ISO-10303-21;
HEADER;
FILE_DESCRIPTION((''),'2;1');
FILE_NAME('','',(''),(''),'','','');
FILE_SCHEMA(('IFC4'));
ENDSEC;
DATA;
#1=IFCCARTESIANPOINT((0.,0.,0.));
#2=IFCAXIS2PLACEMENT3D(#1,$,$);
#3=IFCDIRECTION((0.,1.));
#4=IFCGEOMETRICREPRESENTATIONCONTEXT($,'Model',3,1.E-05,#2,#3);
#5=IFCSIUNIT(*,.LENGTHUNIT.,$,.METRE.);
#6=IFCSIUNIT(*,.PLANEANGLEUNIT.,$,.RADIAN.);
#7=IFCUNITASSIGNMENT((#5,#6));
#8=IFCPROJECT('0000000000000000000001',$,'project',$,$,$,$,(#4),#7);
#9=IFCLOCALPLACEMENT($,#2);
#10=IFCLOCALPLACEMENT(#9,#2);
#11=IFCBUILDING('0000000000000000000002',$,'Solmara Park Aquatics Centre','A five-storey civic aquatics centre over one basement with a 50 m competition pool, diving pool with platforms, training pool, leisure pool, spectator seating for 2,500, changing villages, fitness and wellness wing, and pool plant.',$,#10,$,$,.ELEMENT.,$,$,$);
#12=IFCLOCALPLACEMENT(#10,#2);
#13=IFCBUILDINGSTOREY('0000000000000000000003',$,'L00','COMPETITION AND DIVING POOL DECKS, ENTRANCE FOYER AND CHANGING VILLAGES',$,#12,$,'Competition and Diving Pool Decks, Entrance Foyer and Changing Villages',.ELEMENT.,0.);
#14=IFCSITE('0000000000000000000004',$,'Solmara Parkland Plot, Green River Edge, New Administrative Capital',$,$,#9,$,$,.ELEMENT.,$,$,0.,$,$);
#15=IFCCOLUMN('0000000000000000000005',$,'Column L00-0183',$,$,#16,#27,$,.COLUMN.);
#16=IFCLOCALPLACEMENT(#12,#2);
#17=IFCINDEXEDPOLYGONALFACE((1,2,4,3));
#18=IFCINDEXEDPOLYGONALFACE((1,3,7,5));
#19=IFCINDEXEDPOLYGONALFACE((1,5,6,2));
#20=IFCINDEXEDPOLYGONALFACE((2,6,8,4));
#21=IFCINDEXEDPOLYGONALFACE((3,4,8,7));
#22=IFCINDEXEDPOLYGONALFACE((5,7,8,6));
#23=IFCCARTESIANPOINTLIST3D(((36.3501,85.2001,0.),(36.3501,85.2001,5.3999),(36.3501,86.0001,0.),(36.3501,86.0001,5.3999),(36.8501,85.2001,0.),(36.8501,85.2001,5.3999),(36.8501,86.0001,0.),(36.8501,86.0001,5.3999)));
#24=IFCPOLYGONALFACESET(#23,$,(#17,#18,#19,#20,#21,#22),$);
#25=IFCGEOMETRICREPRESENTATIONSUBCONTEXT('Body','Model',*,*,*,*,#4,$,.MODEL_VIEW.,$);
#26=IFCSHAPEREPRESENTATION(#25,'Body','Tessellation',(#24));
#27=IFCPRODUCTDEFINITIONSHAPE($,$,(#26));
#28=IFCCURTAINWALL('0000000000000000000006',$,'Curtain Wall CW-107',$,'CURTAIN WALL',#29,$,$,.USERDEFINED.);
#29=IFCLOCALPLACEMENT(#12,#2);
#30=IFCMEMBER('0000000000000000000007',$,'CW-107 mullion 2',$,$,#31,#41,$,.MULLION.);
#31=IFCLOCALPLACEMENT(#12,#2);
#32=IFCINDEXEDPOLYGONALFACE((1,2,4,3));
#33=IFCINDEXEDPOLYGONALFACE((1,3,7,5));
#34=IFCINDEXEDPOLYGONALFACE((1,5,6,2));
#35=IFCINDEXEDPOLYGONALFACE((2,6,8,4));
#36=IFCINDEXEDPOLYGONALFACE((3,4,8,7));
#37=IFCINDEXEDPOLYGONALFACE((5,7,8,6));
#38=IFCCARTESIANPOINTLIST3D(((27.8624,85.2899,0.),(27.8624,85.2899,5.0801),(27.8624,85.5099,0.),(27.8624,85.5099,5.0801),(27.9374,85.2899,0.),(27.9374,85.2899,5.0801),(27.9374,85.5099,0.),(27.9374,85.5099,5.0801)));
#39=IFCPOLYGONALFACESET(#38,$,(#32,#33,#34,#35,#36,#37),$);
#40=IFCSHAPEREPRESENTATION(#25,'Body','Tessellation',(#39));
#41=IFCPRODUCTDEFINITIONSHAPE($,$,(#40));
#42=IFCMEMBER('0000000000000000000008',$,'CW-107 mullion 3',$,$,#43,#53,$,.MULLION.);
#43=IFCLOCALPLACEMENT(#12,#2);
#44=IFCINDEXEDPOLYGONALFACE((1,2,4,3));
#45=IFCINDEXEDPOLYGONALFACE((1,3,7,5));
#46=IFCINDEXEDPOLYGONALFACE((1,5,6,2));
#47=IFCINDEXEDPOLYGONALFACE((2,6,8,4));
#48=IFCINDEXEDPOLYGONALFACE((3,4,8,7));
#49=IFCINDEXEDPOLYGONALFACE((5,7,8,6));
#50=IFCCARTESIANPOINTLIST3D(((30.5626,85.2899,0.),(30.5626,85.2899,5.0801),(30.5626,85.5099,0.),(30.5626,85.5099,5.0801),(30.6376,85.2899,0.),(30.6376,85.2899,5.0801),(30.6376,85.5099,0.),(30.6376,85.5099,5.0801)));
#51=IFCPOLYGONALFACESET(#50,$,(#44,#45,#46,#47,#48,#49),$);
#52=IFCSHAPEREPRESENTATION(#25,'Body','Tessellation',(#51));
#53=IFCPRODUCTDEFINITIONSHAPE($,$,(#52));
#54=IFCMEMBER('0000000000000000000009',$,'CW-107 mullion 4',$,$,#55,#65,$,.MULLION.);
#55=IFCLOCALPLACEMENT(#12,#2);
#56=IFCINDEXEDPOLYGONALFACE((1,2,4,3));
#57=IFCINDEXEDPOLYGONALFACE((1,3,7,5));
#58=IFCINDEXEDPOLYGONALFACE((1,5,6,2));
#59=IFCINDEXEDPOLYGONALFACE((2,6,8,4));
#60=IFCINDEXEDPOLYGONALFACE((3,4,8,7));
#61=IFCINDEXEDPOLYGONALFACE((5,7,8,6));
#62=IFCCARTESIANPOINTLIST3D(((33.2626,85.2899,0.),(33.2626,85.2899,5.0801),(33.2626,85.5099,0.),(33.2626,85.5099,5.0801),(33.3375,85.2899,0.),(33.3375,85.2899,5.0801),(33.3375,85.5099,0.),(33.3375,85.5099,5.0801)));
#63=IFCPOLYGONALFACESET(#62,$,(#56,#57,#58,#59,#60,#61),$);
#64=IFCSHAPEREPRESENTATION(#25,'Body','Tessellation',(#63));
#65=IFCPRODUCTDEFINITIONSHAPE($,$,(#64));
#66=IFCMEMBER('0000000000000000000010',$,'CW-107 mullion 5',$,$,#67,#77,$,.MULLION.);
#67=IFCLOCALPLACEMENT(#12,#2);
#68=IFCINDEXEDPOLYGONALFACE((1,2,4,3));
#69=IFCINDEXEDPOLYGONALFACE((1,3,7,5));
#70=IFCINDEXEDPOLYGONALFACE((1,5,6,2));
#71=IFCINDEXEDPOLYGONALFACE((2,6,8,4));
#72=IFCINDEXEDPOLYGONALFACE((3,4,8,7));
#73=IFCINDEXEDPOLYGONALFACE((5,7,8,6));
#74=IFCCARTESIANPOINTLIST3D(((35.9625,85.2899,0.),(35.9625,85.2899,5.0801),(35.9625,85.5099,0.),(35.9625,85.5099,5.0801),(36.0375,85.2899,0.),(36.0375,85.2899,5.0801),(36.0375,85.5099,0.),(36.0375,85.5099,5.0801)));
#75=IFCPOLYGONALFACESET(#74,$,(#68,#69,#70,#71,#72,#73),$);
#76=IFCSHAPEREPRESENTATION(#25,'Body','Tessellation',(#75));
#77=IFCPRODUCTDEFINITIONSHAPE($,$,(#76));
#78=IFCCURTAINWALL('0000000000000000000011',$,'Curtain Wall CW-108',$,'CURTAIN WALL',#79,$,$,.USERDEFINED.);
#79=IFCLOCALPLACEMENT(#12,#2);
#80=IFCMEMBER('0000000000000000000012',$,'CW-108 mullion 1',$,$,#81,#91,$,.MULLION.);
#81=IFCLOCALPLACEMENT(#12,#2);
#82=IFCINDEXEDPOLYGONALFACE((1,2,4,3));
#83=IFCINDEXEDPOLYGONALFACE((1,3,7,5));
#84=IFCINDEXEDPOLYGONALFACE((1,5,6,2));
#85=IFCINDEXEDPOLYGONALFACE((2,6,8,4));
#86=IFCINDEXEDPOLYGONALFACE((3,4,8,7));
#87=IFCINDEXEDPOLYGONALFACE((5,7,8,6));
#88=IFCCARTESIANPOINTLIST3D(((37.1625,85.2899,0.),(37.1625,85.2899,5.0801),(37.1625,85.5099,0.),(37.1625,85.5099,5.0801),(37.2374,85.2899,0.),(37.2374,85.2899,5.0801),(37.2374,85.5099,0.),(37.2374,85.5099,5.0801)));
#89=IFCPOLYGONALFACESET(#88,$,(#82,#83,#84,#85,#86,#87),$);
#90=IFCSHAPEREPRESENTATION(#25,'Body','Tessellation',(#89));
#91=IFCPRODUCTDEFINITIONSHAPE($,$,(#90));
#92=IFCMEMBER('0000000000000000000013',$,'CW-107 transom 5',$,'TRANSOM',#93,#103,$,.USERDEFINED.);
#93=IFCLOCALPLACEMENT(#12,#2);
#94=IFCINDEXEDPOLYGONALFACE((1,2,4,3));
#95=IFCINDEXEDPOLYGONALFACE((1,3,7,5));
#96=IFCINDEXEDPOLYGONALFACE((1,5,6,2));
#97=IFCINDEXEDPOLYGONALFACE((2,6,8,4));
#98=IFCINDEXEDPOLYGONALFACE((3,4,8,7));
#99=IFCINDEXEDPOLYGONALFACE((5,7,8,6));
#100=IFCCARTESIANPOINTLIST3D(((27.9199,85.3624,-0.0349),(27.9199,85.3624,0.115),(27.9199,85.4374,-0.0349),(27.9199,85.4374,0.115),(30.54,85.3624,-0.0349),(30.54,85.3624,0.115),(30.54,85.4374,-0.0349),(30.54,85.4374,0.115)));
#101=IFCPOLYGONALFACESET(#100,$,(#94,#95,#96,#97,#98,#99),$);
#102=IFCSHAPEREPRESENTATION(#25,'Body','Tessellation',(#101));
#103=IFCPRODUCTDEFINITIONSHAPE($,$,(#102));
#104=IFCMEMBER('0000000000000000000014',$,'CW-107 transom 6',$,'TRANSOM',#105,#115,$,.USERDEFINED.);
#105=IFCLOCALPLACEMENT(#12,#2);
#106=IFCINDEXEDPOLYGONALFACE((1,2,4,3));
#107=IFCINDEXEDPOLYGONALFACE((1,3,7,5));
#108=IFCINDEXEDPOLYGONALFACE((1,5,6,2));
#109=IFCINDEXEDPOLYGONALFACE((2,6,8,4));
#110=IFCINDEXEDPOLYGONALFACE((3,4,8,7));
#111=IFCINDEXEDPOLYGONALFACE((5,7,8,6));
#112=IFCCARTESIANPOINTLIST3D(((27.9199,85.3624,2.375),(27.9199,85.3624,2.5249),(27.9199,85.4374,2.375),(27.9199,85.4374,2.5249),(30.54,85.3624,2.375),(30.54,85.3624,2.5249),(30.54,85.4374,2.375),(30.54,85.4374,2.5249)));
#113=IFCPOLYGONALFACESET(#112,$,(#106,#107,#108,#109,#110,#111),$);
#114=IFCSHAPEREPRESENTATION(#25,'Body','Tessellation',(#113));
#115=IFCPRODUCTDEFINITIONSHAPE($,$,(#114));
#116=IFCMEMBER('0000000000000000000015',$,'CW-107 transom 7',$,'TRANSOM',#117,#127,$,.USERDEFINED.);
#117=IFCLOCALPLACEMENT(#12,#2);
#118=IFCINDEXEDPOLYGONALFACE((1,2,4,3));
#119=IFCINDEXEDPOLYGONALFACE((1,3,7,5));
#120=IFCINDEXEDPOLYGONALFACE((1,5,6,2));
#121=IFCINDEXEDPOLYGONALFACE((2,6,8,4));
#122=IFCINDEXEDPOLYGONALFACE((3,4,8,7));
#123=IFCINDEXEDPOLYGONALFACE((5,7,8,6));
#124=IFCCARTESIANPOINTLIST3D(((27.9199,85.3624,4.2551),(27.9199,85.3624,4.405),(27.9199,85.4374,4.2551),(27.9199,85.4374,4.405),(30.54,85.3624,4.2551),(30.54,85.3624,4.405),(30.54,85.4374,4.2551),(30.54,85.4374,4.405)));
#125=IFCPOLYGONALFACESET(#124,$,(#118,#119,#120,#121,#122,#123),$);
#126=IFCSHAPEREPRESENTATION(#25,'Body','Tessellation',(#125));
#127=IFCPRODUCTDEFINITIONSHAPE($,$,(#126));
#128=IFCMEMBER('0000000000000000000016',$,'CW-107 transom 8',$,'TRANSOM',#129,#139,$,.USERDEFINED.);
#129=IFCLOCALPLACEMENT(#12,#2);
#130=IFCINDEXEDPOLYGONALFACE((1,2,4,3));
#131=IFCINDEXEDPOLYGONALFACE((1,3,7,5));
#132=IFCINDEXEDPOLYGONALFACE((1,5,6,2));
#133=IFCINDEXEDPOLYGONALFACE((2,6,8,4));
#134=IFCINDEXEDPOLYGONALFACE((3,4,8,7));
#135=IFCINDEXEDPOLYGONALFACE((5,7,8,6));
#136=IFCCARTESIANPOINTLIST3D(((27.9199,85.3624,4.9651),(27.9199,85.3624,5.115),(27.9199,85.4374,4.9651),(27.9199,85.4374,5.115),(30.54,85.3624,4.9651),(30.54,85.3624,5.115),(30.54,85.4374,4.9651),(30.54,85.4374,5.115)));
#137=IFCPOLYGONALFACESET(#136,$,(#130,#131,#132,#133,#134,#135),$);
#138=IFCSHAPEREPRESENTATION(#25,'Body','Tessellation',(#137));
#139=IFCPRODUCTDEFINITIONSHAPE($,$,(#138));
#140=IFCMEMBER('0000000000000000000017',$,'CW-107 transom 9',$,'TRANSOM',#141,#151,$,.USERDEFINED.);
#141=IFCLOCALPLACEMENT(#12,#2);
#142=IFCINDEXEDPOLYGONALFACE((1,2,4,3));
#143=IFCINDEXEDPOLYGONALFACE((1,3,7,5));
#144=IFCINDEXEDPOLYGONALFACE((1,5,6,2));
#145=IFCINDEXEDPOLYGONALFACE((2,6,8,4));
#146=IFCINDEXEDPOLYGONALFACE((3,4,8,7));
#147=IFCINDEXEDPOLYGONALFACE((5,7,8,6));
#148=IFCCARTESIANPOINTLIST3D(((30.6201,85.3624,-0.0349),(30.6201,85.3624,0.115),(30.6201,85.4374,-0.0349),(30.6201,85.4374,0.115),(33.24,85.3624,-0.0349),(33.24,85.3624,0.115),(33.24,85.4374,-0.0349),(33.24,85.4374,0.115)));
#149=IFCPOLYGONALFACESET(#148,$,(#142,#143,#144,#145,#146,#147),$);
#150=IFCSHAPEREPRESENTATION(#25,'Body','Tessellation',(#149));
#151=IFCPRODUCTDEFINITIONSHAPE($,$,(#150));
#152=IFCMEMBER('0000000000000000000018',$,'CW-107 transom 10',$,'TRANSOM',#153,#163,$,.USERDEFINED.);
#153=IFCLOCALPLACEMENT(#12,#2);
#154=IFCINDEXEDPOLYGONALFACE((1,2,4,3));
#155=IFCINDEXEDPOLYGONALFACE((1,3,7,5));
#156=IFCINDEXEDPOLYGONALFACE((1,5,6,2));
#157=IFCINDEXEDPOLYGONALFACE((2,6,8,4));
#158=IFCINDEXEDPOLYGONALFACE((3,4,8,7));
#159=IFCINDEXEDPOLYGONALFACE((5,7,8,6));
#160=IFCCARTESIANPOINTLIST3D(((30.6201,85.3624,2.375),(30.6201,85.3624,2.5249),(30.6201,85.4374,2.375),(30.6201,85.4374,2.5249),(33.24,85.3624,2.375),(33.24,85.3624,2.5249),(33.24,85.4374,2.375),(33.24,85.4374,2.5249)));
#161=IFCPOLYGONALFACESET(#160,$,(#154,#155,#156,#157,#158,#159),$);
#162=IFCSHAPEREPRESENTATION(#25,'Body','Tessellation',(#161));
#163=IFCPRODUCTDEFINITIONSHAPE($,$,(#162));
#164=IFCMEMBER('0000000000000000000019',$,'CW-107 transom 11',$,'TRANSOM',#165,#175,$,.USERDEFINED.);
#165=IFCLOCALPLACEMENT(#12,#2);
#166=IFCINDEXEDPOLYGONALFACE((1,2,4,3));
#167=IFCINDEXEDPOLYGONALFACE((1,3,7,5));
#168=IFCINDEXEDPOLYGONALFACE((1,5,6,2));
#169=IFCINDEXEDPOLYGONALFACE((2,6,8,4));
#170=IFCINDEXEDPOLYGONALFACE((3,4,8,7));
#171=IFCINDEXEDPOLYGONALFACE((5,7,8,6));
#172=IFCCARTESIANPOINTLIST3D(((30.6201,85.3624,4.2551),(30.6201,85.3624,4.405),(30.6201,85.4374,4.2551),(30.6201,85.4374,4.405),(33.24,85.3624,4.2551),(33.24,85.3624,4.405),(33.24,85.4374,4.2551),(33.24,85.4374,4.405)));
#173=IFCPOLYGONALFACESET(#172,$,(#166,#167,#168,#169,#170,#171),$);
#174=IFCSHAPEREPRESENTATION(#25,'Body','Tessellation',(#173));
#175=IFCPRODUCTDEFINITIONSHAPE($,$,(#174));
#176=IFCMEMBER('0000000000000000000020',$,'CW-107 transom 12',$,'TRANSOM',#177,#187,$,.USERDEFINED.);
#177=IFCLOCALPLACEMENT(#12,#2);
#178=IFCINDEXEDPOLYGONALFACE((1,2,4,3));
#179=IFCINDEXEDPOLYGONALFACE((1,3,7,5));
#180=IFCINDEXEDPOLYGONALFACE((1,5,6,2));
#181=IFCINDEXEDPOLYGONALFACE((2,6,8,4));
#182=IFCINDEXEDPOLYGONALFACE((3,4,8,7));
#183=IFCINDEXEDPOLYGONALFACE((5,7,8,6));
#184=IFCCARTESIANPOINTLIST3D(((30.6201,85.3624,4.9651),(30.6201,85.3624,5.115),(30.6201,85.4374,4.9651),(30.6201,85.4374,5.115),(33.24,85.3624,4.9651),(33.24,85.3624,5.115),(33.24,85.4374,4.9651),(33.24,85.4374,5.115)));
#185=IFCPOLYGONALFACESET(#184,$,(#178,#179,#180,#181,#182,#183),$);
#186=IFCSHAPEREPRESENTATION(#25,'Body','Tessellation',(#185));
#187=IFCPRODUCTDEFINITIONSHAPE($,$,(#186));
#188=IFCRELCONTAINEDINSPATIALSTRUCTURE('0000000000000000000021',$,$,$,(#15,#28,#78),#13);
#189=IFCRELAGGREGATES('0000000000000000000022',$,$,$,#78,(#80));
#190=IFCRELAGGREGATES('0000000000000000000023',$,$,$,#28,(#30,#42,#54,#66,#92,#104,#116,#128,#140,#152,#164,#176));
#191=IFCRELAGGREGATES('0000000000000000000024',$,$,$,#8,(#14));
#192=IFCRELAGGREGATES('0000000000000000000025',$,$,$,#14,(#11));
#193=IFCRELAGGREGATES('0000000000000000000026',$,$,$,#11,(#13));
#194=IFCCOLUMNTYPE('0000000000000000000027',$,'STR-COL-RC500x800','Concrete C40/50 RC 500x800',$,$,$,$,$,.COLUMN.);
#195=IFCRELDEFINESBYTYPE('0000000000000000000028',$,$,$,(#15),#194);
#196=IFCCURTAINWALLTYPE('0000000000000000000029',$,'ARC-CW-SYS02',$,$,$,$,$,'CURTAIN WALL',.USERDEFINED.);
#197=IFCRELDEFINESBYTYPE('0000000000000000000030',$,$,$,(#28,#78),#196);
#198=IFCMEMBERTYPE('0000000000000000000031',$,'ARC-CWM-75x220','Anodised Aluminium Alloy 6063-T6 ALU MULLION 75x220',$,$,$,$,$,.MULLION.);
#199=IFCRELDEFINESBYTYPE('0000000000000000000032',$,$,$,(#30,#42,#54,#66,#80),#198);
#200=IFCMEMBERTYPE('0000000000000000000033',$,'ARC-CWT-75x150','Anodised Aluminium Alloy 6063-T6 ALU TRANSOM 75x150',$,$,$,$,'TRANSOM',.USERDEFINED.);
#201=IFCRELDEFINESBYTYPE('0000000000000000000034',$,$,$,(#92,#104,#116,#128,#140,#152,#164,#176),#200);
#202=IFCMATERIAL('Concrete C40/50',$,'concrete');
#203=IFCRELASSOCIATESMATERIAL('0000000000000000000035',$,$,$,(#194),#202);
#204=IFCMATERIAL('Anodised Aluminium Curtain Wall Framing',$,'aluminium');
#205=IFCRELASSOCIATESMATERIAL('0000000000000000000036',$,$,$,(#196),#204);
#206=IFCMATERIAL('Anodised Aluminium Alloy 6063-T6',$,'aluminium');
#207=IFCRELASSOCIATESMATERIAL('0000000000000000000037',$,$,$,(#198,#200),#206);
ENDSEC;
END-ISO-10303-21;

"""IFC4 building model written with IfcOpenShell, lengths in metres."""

from ifc_helpers import new_model, si_unit, direction, frame, origin, origin_2d, place, context, subcontext, project, spatial, rectangle, extrude, material, material_profile, profile_set, type_object, element, aggregate, save


model = new_model("IFC4")

# Units and contexts
model_context = context("Model", 3, precision=1e-05, world=origin(), true_north=direction((0.0, 1.0)))
body_context = subcontext(model_context, "Body", "Model", "MODEL_VIEW")
ifc_project = project(units=[si_unit("LENGTHUNIT", "METRE"), si_unit("PLANEANGLEUNIT", "RADIAN")], contexts=[model_context])

# Site, building, storey
site_placement = place(None, origin())
site = spatial("IfcSite", under=ifc_project, at=site_placement, Name="Solmara Parkland Plot, Green River Edge, New Administrative Capital", CompositionType="ELEMENT", RefElevation=0.0)
building_placement = place(site_placement, origin())
building = spatial("IfcBuilding", under=site, at=building_placement, Name="Solmara Park Aquatics Centre", Description="A five-storey civic aquatics centre over one basement with a 50 m competition pool, diving pool with platforms, training pool, leisure pool, spectator seating for 2,500, changing villages, fitness and wellness wing, and pool plant.", CompositionType="ELEMENT")
storey_placement = place(building_placement, origin())
storey = spatial("IfcBuildingStorey", under=building, at=storey_placement, Name="L00", Description="COMPETITION AND DIVING POOL DECKS, ENTRANCE FOYER AND CHANGING VILLAGES", LongName="Competition and Diving Pool Decks, Entrance Foyer and Changing Villages", CompositionType="ELEMENT", Elevation=0.0)

# Column
ifc_material_1 = material(Name="Concrete C40/50", Category="concrete")
ifc_material_profile_1 = material_profile(ifc_material_1, rectangle(XDim=0.5, YDim=0.8, at=origin_2d()), Name="RC 500x800")
ifc_profile_set_1 = profile_set([ifc_material_profile_1], Name="Concrete C40/50")
column_type = type_object("IfcColumnType", Name="STR-COL-RC500x800", Description="Concrete C40/50 RC 500x800", PredefinedType="COLUMN", material=ifc_profile_set_1)
column_placement = place(storey_placement, frame((36.6001, 85.6001, 0.0), z_axis=(0.0, 0.0, 1.0), x_axis=(1.0, 0.0, 0.0)))
element("IfcColumn", 1, at=column_placement, inside=storey, type_object=column_type, Name="Column L00-0183", PredefinedType="COLUMN", context=body_context, shape_type="SweptSolid", body=[
    extrude(rectangle(XDim=0.5, YDim=0.8, at=origin_2d()), origin(), (0.0, 0.0, 1.0), 5.3999),
])

# Curtain wall, members
ifc_material_2 = material(Name="Anodised Aluminium Curtain Wall Framing", Category="aluminium")
curtain_wall_type = type_object("IfcCurtainWallType", Name="ARC-CW-SYS02", ElementType="CURTAIN WALL", PredefinedType="USERDEFINED", material=ifc_material_2)
curtain_wall_1_placement = place(storey_placement, origin())
curtain_wall_1 = element("IfcCurtainWall", 2, at=curtain_wall_1_placement, inside=storey, type_object=curtain_wall_type, Name="Curtain Wall CW-107", ObjectType="CURTAIN WALL", PredefinedType="USERDEFINED")
ifc_material_3 = material(Name="Anodised Aluminium Alloy 6063-T6", Category="aluminium")
ifc_material_profile_2 = material_profile(ifc_material_3, rectangle(XDim=0.075, YDim=0.22, at=origin_2d()), Name="ALU MULLION 75x220")
ifc_profile_set_2 = profile_set([ifc_material_profile_2], Name="Anodised Aluminium Alloy 6063-T6")
member_type_1 = type_object("IfcMemberType", Name="ARC-CWM-75x220", Description="Anodised Aluminium Alloy 6063-T6 ALU MULLION 75x220", PredefinedType="MULLION", material=ifc_profile_set_2)
member_1_placement = place(storey_placement, frame((27.8999, 85.3999, 0.0), z_axis=(0.0, 0.0, 1.0), x_axis=(1.0, 0.0, 0.0)))
member_1 = element("IfcMember", 3, at=member_1_placement, type_object=member_type_1, Name="CW-107 mullion 2", PredefinedType="MULLION", context=body_context, shape_type="SweptSolid", body=[
    extrude(rectangle(XDim=0.075, YDim=0.22, at=origin_2d()), origin(), (0.0, 0.0, 1.0), 5.0801),
])
member_2_placement = place(storey_placement, frame((30.6001, 85.3999, 0.0), z_axis=(0.0, 0.0, 1.0), x_axis=(1.0, 0.0, 0.0)))
member_2 = element("IfcMember", 4, at=member_2_placement, type_object=member_type_1, Name="CW-107 mullion 3", PredefinedType="MULLION", context=body_context, shape_type="SweptSolid", body=[
    extrude(rectangle(XDim=0.075, YDim=0.22, at=origin_2d()), origin(), (0.0, 0.0, 1.0), 5.0801),
])
member_3_placement = place(storey_placement, frame((33.3, 85.3999, 0.0), z_axis=(0.0, 0.0, 1.0), x_axis=(1.0, 0.0, 0.0)))
member_3 = element("IfcMember", 5, at=member_3_placement, type_object=member_type_1, Name="CW-107 mullion 4", PredefinedType="MULLION", context=body_context, shape_type="SweptSolid", body=[
    extrude(rectangle(XDim=0.075, YDim=0.22, at=origin_2d()), origin(), (0.0, 0.0, 1.0), 5.0801),
])
member_4_placement = place(storey_placement, frame((36.0, 85.3999, 0.0), z_axis=(0.0, 0.0, 1.0), x_axis=(1.0, 0.0, 0.0)))
member_4 = element("IfcMember", 6, at=member_4_placement, type_object=member_type_1, Name="CW-107 mullion 5", PredefinedType="MULLION", context=body_context, shape_type="SweptSolid", body=[
    extrude(rectangle(XDim=0.075, YDim=0.22, at=origin_2d()), origin(), (0.0, 0.0, 1.0), 5.0801),
])

# Curtain wall, member
curtain_wall_2_placement = place(storey_placement, origin())
curtain_wall_2 = element("IfcCurtainWall", 7, at=curtain_wall_2_placement, inside=storey, type_object=curtain_wall_type, Name="Curtain Wall CW-108", ObjectType="CURTAIN WALL", PredefinedType="USERDEFINED")
member_5_placement = place(storey_placement, frame((37.2, 85.3999, 0.0), z_axis=(0.0, 0.0, 1.0), x_axis=(1.0, 0.0, 0.0)))
member_5 = element("IfcMember", 8, at=member_5_placement, type_object=member_type_1, Name="CW-108 mullion 1", PredefinedType="MULLION", context=body_context, shape_type="SweptSolid", body=[
    extrude(rectangle(XDim=0.075, YDim=0.22, at=origin_2d()), origin(), (0.0, 0.0, 1.0), 5.0801),
])
aggregate(curtain_wall_2, [member_5])

# Members
ifc_material_profile_3 = material_profile(ifc_material_3, rectangle(XDim=0.075, YDim=0.1499, at=origin_2d()), Name="ALU TRANSOM 75x150")
ifc_profile_set_3 = profile_set([ifc_material_profile_3], Name="Anodised Aluminium Alloy 6063-T6")
member_type_2 = type_object("IfcMemberType", Name="ARC-CWT-75x150", Description="Anodised Aluminium Alloy 6063-T6 ALU TRANSOM 75x150", ElementType="TRANSOM", PredefinedType="USERDEFINED", material=ifc_profile_set_3)
member_6_placement = place(storey_placement, frame((27.9199, 85.3999, 0.04), z_axis=(1.0, 0.0, 0.0), x_axis=(0.0, 1.0, 0.0)))
member_6 = element("IfcMember", 9, at=member_6_placement, type_object=member_type_2, Name="CW-107 transom 5", ObjectType="TRANSOM", PredefinedType="USERDEFINED", context=body_context, shape_type="SweptSolid", body=[
    extrude(rectangle(XDim=0.075, YDim=0.1499, at=origin_2d()), origin(), (0.0, 0.0, 1.0), 2.6201),
])
member_7_placement = place(storey_placement, frame((27.9199, 85.3999, 2.45), z_axis=(1.0, 0.0, 0.0), x_axis=(0.0, 1.0, 0.0)))
member_7 = element("IfcMember", 10, at=member_7_placement, type_object=member_type_2, Name="CW-107 transom 6", ObjectType="TRANSOM", PredefinedType="USERDEFINED", context=body_context, shape_type="SweptSolid", body=[
    extrude(rectangle(XDim=0.075, YDim=0.1499, at=origin_2d()), origin(), (0.0, 0.0, 1.0), 2.6201),
])
member_8_placement = place(storey_placement, frame((27.9199, 85.3999, 4.3301), z_axis=(1.0, 0.0, 0.0), x_axis=(0.0, 1.0, 0.0)))
member_8 = element("IfcMember", 11, at=member_8_placement, type_object=member_type_2, Name="CW-107 transom 7", ObjectType="TRANSOM", PredefinedType="USERDEFINED", context=body_context, shape_type="SweptSolid", body=[
    extrude(rectangle(XDim=0.075, YDim=0.1499, at=origin_2d()), origin(), (0.0, 0.0, 1.0), 2.6201),
])
member_9_placement = place(storey_placement, frame((27.9199, 85.3999, 5.04), z_axis=(1.0, 0.0, 0.0), x_axis=(0.0, 1.0, 0.0)))
member_9 = element("IfcMember", 12, at=member_9_placement, type_object=member_type_2, Name="CW-107 transom 8", ObjectType="TRANSOM", PredefinedType="USERDEFINED", context=body_context, shape_type="SweptSolid", body=[
    extrude(rectangle(XDim=0.075, YDim=0.1499, at=origin_2d()), origin(), (0.0, 0.0, 1.0), 2.6201),
])
member_10_placement = place(storey_placement, frame((30.6201, 85.3999, 0.04), z_axis=(1.0, 0.0, 0.0), x_axis=(0.0, 1.0, 0.0)))
member_10 = element("IfcMember", 13, at=member_10_placement, type_object=member_type_2, Name="CW-107 transom 9", ObjectType="TRANSOM", PredefinedType="USERDEFINED", context=body_context, shape_type="SweptSolid", body=[
    extrude(rectangle(XDim=0.075, YDim=0.1499, at=origin_2d()), origin(), (0.0, 0.0, 1.0), 2.6199),
])
member_11_placement = place(storey_placement, frame((30.6201, 85.3999, 2.45), z_axis=(1.0, 0.0, 0.0), x_axis=(0.0, 1.0, 0.0)))
member_11 = element("IfcMember", 14, at=member_11_placement, type_object=member_type_2, Name="CW-107 transom 10", ObjectType="TRANSOM", PredefinedType="USERDEFINED", context=body_context, shape_type="SweptSolid", body=[
    extrude(rectangle(XDim=0.075, YDim=0.1499, at=origin_2d()), origin(), (0.0, 0.0, 1.0), 2.6199),
])
member_12_placement = place(storey_placement, frame((30.6201, 85.3999, 4.3301), z_axis=(1.0, 0.0, 0.0), x_axis=(0.0, 1.0, 0.0)))
member_12 = element("IfcMember", 15, at=member_12_placement, type_object=member_type_2, Name="CW-107 transom 11", ObjectType="TRANSOM", PredefinedType="USERDEFINED", context=body_context, shape_type="SweptSolid", body=[
    extrude(rectangle(XDim=0.075, YDim=0.1499, at=origin_2d()), origin(), (0.0, 0.0, 1.0), 2.6199),
])
member_13_placement = place(storey_placement, frame((30.6201, 85.3999, 5.04), z_axis=(1.0, 0.0, 0.0), x_axis=(0.0, 1.0, 0.0)))
member_13 = element("IfcMember", 16, at=member_13_placement, type_object=member_type_2, Name="CW-107 transom 12", ObjectType="TRANSOM", PredefinedType="USERDEFINED", context=body_context, shape_type="SweptSolid", body=[
    extrude(rectangle(XDim=0.075, YDim=0.1499, at=origin_2d()), origin(), (0.0, 0.0, 1.0), 2.6199),
])

aggregate(curtain_wall_1, [member_1, member_2, member_3, member_4, member_6, member_7, member_8, member_9, member_10, member_11, member_12, member_13])

save(model, "model.ifc")
